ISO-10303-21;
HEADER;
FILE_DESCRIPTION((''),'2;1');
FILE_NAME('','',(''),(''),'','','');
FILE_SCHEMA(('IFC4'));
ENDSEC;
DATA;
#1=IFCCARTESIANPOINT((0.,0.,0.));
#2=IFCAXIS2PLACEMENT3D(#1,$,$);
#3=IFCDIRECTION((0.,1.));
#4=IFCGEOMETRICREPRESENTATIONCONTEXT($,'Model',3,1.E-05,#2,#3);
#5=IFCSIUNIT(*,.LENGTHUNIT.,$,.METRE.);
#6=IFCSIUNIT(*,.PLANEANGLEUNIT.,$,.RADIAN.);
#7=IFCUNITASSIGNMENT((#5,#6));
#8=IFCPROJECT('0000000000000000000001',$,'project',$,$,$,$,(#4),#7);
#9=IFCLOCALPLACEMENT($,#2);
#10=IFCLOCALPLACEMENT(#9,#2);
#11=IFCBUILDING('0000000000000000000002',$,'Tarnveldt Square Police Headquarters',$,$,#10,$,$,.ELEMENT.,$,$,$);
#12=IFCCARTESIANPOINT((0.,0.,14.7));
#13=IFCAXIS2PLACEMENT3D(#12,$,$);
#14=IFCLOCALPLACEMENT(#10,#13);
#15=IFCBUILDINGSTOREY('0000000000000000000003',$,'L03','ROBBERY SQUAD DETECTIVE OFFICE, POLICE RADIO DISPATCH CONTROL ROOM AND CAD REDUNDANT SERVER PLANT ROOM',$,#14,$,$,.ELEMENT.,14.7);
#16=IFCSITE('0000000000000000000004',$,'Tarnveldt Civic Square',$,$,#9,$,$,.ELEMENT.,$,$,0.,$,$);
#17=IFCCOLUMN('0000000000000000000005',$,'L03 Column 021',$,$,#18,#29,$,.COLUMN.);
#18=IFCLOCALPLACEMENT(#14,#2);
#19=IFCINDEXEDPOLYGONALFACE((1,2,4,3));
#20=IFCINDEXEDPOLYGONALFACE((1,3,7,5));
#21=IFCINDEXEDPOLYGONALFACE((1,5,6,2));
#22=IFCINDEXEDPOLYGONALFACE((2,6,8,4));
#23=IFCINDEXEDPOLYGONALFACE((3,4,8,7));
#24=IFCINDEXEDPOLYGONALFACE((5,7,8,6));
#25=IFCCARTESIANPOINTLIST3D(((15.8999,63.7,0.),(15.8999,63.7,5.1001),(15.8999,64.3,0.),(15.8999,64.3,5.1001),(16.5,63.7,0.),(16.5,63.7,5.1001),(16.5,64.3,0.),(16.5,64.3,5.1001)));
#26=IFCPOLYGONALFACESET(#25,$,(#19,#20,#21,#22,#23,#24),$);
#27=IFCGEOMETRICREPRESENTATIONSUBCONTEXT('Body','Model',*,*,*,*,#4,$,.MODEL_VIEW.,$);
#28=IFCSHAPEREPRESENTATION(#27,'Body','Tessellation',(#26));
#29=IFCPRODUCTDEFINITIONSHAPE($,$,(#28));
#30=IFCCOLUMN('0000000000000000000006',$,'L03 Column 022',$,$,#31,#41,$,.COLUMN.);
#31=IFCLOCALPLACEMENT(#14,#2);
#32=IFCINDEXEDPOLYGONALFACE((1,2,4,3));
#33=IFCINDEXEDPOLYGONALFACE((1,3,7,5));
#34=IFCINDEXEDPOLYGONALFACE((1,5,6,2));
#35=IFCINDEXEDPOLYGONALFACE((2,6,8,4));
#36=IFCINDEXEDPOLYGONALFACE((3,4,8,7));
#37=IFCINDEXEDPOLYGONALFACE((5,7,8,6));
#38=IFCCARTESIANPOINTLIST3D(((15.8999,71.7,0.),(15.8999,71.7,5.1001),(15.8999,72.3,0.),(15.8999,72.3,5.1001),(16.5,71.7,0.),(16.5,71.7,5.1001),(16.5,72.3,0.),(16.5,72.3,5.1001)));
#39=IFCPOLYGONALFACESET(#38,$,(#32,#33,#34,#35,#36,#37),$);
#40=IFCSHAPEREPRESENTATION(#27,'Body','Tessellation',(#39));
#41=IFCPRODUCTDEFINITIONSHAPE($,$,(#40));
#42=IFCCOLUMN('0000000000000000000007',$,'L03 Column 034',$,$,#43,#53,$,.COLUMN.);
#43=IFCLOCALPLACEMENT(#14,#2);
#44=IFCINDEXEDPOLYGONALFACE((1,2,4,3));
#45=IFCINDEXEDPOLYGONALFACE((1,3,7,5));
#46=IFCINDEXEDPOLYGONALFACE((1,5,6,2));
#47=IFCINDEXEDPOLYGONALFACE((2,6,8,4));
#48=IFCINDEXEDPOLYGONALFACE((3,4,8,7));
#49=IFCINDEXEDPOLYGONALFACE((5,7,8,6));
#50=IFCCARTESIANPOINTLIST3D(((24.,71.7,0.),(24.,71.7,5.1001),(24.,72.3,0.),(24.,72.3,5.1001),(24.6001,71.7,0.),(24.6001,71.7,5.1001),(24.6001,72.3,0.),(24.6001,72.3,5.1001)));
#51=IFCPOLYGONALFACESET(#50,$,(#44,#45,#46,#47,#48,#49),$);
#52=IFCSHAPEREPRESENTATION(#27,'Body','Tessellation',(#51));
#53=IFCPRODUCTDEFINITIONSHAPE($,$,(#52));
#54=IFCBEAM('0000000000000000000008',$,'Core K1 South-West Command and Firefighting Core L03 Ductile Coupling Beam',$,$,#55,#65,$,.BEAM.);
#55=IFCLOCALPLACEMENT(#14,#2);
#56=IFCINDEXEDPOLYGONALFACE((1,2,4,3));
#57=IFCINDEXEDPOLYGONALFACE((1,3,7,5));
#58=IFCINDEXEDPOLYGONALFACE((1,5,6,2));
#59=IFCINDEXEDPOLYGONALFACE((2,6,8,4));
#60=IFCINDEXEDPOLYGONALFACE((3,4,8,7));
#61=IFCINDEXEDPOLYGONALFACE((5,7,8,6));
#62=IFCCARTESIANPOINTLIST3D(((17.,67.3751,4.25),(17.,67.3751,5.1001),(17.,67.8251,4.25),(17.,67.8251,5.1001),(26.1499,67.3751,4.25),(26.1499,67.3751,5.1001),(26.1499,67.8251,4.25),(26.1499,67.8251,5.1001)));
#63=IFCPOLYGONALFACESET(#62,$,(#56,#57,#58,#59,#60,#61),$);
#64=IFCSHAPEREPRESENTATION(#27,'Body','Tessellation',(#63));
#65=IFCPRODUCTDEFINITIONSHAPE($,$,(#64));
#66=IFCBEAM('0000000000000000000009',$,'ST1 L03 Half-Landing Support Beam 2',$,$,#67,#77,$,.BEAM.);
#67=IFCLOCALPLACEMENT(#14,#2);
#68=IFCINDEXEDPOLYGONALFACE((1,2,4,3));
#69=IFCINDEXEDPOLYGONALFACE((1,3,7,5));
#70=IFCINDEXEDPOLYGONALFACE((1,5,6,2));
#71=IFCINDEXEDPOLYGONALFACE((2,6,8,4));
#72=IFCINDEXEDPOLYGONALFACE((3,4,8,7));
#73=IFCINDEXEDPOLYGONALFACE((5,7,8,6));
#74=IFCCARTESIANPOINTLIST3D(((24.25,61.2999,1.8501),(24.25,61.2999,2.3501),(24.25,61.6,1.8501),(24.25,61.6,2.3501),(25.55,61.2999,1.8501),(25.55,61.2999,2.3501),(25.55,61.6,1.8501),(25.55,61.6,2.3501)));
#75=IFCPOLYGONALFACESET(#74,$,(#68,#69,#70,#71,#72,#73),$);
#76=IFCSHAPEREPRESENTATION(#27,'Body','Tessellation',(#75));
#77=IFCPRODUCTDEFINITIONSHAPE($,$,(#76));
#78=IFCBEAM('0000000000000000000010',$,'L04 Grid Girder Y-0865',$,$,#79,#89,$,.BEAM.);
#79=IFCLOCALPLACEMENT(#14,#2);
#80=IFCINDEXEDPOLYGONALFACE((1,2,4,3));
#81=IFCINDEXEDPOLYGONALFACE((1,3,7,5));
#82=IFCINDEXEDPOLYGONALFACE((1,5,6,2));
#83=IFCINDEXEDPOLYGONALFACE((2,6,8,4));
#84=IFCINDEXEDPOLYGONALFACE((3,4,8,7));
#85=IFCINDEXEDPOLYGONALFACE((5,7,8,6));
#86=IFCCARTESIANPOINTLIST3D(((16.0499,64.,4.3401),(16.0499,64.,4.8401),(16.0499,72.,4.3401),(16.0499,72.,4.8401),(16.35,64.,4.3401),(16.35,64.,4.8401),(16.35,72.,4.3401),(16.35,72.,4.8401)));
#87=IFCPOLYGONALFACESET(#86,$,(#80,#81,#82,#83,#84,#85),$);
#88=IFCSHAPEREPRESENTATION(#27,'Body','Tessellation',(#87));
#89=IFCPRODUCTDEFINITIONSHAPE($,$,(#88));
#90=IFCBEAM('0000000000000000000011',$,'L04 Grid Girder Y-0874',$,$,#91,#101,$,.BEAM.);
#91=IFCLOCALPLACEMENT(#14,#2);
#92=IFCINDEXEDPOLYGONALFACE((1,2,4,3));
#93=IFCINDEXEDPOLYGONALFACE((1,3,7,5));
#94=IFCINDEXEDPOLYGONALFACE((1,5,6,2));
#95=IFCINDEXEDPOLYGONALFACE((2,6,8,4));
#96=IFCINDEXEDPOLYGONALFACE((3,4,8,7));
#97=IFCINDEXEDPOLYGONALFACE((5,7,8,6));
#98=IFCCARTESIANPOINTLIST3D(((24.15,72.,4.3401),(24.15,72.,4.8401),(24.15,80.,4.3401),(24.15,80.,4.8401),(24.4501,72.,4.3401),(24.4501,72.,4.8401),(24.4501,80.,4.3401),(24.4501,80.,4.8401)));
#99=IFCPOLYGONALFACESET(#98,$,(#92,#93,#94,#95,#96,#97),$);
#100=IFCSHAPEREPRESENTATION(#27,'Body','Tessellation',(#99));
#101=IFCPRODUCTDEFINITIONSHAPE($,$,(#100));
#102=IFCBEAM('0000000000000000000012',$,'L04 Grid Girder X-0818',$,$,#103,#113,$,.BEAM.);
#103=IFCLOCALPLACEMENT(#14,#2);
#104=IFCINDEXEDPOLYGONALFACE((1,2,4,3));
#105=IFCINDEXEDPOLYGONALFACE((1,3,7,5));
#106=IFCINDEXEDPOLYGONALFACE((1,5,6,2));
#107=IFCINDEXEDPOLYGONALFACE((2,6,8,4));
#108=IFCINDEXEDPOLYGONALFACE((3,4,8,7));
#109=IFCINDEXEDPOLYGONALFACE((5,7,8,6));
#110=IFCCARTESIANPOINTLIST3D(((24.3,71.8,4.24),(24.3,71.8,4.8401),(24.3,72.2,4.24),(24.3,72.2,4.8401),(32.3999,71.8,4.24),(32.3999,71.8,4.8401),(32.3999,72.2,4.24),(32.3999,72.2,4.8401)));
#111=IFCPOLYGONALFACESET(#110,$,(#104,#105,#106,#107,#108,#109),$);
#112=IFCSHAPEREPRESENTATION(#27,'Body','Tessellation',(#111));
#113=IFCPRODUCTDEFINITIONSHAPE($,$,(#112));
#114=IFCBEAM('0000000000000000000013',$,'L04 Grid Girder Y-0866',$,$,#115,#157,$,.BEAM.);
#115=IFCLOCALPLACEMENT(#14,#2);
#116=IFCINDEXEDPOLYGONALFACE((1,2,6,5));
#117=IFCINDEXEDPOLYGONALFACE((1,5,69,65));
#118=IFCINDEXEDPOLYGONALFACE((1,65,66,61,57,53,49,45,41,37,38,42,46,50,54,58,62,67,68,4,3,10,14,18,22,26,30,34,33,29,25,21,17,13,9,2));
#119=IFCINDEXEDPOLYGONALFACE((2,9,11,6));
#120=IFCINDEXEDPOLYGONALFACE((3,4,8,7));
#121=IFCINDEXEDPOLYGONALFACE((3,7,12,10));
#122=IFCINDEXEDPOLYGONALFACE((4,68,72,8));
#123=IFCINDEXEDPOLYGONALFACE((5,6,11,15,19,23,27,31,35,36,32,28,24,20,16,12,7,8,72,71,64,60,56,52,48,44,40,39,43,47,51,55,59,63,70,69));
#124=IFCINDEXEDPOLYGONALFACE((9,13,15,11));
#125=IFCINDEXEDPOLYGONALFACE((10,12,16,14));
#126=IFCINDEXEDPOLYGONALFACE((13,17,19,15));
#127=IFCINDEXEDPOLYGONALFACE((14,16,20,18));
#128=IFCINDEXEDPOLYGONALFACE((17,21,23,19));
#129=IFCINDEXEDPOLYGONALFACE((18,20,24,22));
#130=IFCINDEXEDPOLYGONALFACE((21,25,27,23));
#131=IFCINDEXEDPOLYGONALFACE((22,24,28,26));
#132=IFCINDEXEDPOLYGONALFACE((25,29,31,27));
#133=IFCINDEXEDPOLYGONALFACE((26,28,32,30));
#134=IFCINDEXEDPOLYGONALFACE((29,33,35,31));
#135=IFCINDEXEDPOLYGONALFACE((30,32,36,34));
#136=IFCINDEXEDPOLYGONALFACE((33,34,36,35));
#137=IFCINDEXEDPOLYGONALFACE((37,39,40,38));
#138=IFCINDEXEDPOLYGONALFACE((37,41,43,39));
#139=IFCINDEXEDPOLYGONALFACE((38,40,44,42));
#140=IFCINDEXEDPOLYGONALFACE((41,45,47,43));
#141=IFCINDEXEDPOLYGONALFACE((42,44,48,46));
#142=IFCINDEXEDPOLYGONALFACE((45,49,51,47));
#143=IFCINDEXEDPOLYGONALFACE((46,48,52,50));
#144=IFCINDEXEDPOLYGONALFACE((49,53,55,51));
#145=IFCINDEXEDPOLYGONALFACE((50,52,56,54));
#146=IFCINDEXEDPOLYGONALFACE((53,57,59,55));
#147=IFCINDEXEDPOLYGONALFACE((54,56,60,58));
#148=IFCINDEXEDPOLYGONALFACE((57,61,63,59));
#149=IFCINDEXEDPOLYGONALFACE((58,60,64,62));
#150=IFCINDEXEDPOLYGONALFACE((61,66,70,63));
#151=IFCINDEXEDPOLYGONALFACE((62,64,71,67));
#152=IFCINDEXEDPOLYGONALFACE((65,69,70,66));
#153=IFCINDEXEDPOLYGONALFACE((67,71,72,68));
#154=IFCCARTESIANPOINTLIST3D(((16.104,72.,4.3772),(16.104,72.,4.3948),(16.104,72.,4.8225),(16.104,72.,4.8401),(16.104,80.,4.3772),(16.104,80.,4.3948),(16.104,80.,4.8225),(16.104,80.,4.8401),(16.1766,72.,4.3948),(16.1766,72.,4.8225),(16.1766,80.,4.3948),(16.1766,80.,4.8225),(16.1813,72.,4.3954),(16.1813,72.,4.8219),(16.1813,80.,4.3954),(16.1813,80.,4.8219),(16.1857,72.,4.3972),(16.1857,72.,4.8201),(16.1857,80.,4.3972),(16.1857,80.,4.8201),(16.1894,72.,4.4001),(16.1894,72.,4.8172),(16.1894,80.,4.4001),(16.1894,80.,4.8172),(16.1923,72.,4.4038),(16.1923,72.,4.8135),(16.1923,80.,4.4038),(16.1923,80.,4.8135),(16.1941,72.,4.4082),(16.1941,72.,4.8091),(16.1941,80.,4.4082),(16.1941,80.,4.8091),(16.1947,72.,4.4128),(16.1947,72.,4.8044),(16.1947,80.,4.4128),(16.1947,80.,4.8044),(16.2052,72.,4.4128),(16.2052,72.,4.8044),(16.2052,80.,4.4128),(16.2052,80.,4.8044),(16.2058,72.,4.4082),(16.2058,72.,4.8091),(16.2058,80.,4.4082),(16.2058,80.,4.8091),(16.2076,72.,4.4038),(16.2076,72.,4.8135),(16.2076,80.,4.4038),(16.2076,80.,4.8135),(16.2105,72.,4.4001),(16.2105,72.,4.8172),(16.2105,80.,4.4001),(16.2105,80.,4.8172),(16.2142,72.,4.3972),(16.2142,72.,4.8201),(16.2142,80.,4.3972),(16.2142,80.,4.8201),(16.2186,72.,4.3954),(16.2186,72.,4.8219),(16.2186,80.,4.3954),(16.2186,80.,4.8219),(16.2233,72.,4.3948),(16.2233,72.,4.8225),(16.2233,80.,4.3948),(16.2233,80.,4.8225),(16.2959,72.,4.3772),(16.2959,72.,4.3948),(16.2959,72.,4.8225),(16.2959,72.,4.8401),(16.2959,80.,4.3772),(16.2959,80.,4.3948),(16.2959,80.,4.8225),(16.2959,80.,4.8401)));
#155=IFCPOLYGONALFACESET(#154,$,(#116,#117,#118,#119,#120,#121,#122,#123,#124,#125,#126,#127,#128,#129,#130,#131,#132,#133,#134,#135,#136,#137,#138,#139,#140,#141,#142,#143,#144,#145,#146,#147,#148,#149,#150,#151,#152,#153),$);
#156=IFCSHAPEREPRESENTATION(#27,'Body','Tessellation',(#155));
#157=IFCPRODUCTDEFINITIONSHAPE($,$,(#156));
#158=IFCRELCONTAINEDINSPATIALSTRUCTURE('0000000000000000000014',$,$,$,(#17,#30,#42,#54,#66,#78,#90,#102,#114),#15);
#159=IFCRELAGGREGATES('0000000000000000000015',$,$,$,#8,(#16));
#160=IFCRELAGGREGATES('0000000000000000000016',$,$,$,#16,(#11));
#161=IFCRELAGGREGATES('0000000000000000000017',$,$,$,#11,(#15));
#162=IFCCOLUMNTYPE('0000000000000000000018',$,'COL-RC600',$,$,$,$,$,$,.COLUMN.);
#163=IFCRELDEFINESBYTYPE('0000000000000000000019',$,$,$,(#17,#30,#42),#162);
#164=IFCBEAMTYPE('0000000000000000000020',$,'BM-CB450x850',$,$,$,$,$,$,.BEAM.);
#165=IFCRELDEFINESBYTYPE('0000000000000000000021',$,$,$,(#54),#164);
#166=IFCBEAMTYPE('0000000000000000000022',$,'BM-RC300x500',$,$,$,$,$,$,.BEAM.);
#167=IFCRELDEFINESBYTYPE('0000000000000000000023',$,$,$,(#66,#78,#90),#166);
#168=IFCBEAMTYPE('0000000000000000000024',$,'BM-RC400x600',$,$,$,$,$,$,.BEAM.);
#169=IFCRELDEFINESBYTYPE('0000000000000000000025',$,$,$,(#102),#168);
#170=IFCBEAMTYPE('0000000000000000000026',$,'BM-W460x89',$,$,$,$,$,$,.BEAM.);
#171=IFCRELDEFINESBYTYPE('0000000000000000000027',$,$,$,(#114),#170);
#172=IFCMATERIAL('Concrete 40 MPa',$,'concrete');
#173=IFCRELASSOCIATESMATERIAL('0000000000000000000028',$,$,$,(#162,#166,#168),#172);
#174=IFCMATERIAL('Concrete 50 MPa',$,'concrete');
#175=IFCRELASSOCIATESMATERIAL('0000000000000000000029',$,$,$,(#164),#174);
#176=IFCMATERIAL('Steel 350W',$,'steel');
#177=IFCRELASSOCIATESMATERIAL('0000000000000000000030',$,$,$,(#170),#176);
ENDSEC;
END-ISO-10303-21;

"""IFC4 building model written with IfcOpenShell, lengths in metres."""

from ifc_helpers import new_model, si_unit, direction, frame, origin, origin_2d, place, context, subcontext, project, spatial, rectangle, i_section, extrude, material, material_profile, profile_set, type_object, element, save


model = new_model("IFC4")

# Units and contexts
model_context = context("Model", 3, precision=1e-05, world=origin(), true_north=direction((0.0, 1.0)))
body_context = subcontext(model_context, "Body", "Model", "MODEL_VIEW")
ifc_project = project(units=[si_unit("LENGTHUNIT", "METRE"), si_unit("PLANEANGLEUNIT", "RADIAN")], contexts=[model_context])

# Site, building, storey
site_placement = place(None, origin())
site = spatial("IfcSite", under=ifc_project, at=site_placement, Name="Tarnveldt Civic Square", CompositionType="ELEMENT", RefElevation=0.0)
building_placement = place(site_placement, origin())
building = spatial("IfcBuilding", under=site, at=building_placement, Name="Tarnveldt Square Police Headquarters", CompositionType="ELEMENT")
storey_placement = place(building_placement, frame((0.0, 0.0, 14.7)))
storey = spatial("IfcBuildingStorey", under=building, at=storey_placement, Name="L03", Description="ROBBERY SQUAD DETECTIVE OFFICE, POLICE RADIO DISPATCH CONTROL ROOM AND CAD REDUNDANT SERVER PLANT ROOM", CompositionType="ELEMENT", Elevation=14.7)

# Columns
ifc_material_1 = material(Name="Concrete 40 MPa", Category="concrete")
ifc_material_profile_1 = material_profile(ifc_material_1, rectangle(XDim=0.6001, YDim=0.6001, at=origin_2d()), Name="RC-C600x600")
ifc_profile_set_1 = profile_set([ifc_material_profile_1], Name="Concrete 40 MPa")
column_type = type_object("IfcColumnType", Name="COL-RC600", PredefinedType="COLUMN", material=ifc_profile_set_1)
for number, where, z_axis, x_axis, name in (
    (1, (16.2, 64.0, 0.0), (0.0, 0.0, 1.0), (1.0, 0.0, 0.0), "L03 Column 021"),
    (2, (16.2, 72.0, 0.0), (0.0, 0.0, 1.0), (1.0, 0.0, 0.0), "L03 Column 022"),
    (3, (24.3, 72.0, 0.0), (0.0, 0.0, 1.0), (1.0, 0.0, 0.0), "L03 Column 034"),
):
    element("IfcColumn", number, at=place(storey_placement, frame(where, z_axis=z_axis, x_axis=x_axis)), inside=storey, type_object=column_type, Name=name, PredefinedType="COLUMN", context=body_context, shape_type="SweptSolid", body=[
        extrude(rectangle(XDim=0.6001, YDim=0.6001, at=origin_2d()), origin(), (0.0, 0.0, 1.0), 5.1001),
    ])

# Beams
ifc_material_2 = material(Name="Concrete 50 MPa", Category="concrete")
ifc_material_profile_2 = material_profile(ifc_material_2, rectangle(XDim=0.45, YDim=0.8501, at=origin_2d()), Name="RC-CB450x850")
ifc_profile_set_2 = profile_set([ifc_material_profile_2], Name="Concrete 50 MPa")
beam_type_1 = type_object("IfcBeamType", Name="BM-CB450x850", PredefinedType="BEAM", material=ifc_profile_set_2)
beam_1_placement = place(storey_placement, frame((17.0, 67.6001, 4.675), z_axis=(1.0, 0.0, 0.0), x_axis=(0.0, 1.0, 0.0)))
element("IfcBeam", 4, at=beam_1_placement, inside=storey, type_object=beam_type_1, Name="Core K1 South-West Command and Firefighting Core L03 Ductile Coupling Beam", PredefinedType="BEAM", context=body_context, shape_type="SweptSolid", body=[
    extrude(rectangle(XDim=0.45, YDim=0.8501, at=origin_2d()), origin(), (0.0, 0.0, 1.0), 9.1499),
])
ifc_material_profile_3 = material_profile(ifc_material_1, rectangle(XDim=0.3, YDim=0.5, at=origin_2d()), Name="RC-B300x500")
ifc_profile_set_3 = profile_set([ifc_material_profile_3], Name="Concrete 40 MPa")
beam_type_2 = type_object("IfcBeamType", Name="BM-RC300x500", PredefinedType="BEAM", material=ifc_profile_set_3)
beam_2_placement = place(storey_placement, frame((24.25, 61.45, 2.1001), z_axis=(1.0, 0.0, 0.0), x_axis=(0.0, 1.0, 0.0)))
element("IfcBeam", 5, at=beam_2_placement, inside=storey, type_object=beam_type_2, Name="ST1 L03 Half-Landing Support Beam 2", PredefinedType="BEAM", context=body_context, shape_type="SweptSolid", body=[
    extrude(rectangle(XDim=0.3, YDim=0.5, at=origin_2d()), origin(), (0.0, 0.0, 1.0), 1.3),
])
for number, where, z_axis, x_axis, name in (
    (6, (16.2, 64.0, 4.5901), (0.0, 1.0, 0.0), (-1.0, 0.0, 0.0), "L04 Grid Girder Y-0865"),
    (7, (24.3, 72.0, 4.5901), (0.0, 1.0, 0.0), (-1.0, 0.0, 0.0), "L04 Grid Girder Y-0874"),
):
    element("IfcBeam", number, at=place(storey_placement, frame(where, z_axis=z_axis, x_axis=x_axis)), inside=storey, type_object=beam_type_2, Name=name, PredefinedType="BEAM", context=body_context, shape_type="SweptSolid", body=[
        extrude(rectangle(XDim=0.3, YDim=0.5, at=origin_2d()), origin(), (0.0, 0.0, 1.0), 8.0),
    ])
ifc_material_profile_4 = material_profile(ifc_material_1, rectangle(XDim=0.3999, YDim=0.6001, at=origin_2d()), Name="RC-B400x600")
ifc_profile_set_4 = profile_set([ifc_material_profile_4], Name="Concrete 40 MPa")
beam_type_3 = type_object("IfcBeamType", Name="BM-RC400x600", PredefinedType="BEAM", material=ifc_profile_set_4)
beam_3_placement = place(storey_placement, frame((24.3, 72.0, 4.54), z_axis=(1.0, 0.0, 0.0), x_axis=(0.0, 1.0, 0.0)))
element("IfcBeam", 8, at=beam_3_placement, inside=storey, type_object=beam_type_3, Name="L04 Grid Girder X-0818", PredefinedType="BEAM", context=body_context, shape_type="SweptSolid", body=[
    extrude(rectangle(XDim=0.3999, YDim=0.6001, at=origin_2d()), origin(), (0.0, 0.0, 1.0), 8.0999),
])
ifc_material_3 = material(Name="Steel 350W", Category="steel")
ifc_material_profile_5 = material_profile(ifc_material_3, i_section(OverallWidth=0.1919, OverallDepth=0.4629, WebThickness=0.0105, FlangeThickness=0.0176, FilletRadius=0.0181, at=origin_2d()), Name="W460x89")
ifc_profile_set_5 = profile_set([ifc_material_profile_5], Name="Steel 350W")
beam_type_4 = type_object("IfcBeamType", Name="BM-W460x89", PredefinedType="BEAM", material=ifc_profile_set_5)
beam_4_placement = place(storey_placement, frame((16.2, 72.0, 4.6086), z_axis=(0.0, 1.0, 0.0), x_axis=(-1.0, 0.0, 0.0)))
element("IfcBeam", 9, at=beam_4_placement, inside=storey, type_object=beam_type_4, Name="L04 Grid Girder Y-0866", PredefinedType="BEAM", context=body_context, shape_type="SweptSolid", body=[
    extrude(i_section(OverallWidth=0.1919, OverallDepth=0.4629, WebThickness=0.0105, FlangeThickness=0.0176, FilletRadius=0.0181, at=origin_2d()), origin(), (0.0, 0.0, 1.0), 8.0),
])

save(model, "model.ifc")
